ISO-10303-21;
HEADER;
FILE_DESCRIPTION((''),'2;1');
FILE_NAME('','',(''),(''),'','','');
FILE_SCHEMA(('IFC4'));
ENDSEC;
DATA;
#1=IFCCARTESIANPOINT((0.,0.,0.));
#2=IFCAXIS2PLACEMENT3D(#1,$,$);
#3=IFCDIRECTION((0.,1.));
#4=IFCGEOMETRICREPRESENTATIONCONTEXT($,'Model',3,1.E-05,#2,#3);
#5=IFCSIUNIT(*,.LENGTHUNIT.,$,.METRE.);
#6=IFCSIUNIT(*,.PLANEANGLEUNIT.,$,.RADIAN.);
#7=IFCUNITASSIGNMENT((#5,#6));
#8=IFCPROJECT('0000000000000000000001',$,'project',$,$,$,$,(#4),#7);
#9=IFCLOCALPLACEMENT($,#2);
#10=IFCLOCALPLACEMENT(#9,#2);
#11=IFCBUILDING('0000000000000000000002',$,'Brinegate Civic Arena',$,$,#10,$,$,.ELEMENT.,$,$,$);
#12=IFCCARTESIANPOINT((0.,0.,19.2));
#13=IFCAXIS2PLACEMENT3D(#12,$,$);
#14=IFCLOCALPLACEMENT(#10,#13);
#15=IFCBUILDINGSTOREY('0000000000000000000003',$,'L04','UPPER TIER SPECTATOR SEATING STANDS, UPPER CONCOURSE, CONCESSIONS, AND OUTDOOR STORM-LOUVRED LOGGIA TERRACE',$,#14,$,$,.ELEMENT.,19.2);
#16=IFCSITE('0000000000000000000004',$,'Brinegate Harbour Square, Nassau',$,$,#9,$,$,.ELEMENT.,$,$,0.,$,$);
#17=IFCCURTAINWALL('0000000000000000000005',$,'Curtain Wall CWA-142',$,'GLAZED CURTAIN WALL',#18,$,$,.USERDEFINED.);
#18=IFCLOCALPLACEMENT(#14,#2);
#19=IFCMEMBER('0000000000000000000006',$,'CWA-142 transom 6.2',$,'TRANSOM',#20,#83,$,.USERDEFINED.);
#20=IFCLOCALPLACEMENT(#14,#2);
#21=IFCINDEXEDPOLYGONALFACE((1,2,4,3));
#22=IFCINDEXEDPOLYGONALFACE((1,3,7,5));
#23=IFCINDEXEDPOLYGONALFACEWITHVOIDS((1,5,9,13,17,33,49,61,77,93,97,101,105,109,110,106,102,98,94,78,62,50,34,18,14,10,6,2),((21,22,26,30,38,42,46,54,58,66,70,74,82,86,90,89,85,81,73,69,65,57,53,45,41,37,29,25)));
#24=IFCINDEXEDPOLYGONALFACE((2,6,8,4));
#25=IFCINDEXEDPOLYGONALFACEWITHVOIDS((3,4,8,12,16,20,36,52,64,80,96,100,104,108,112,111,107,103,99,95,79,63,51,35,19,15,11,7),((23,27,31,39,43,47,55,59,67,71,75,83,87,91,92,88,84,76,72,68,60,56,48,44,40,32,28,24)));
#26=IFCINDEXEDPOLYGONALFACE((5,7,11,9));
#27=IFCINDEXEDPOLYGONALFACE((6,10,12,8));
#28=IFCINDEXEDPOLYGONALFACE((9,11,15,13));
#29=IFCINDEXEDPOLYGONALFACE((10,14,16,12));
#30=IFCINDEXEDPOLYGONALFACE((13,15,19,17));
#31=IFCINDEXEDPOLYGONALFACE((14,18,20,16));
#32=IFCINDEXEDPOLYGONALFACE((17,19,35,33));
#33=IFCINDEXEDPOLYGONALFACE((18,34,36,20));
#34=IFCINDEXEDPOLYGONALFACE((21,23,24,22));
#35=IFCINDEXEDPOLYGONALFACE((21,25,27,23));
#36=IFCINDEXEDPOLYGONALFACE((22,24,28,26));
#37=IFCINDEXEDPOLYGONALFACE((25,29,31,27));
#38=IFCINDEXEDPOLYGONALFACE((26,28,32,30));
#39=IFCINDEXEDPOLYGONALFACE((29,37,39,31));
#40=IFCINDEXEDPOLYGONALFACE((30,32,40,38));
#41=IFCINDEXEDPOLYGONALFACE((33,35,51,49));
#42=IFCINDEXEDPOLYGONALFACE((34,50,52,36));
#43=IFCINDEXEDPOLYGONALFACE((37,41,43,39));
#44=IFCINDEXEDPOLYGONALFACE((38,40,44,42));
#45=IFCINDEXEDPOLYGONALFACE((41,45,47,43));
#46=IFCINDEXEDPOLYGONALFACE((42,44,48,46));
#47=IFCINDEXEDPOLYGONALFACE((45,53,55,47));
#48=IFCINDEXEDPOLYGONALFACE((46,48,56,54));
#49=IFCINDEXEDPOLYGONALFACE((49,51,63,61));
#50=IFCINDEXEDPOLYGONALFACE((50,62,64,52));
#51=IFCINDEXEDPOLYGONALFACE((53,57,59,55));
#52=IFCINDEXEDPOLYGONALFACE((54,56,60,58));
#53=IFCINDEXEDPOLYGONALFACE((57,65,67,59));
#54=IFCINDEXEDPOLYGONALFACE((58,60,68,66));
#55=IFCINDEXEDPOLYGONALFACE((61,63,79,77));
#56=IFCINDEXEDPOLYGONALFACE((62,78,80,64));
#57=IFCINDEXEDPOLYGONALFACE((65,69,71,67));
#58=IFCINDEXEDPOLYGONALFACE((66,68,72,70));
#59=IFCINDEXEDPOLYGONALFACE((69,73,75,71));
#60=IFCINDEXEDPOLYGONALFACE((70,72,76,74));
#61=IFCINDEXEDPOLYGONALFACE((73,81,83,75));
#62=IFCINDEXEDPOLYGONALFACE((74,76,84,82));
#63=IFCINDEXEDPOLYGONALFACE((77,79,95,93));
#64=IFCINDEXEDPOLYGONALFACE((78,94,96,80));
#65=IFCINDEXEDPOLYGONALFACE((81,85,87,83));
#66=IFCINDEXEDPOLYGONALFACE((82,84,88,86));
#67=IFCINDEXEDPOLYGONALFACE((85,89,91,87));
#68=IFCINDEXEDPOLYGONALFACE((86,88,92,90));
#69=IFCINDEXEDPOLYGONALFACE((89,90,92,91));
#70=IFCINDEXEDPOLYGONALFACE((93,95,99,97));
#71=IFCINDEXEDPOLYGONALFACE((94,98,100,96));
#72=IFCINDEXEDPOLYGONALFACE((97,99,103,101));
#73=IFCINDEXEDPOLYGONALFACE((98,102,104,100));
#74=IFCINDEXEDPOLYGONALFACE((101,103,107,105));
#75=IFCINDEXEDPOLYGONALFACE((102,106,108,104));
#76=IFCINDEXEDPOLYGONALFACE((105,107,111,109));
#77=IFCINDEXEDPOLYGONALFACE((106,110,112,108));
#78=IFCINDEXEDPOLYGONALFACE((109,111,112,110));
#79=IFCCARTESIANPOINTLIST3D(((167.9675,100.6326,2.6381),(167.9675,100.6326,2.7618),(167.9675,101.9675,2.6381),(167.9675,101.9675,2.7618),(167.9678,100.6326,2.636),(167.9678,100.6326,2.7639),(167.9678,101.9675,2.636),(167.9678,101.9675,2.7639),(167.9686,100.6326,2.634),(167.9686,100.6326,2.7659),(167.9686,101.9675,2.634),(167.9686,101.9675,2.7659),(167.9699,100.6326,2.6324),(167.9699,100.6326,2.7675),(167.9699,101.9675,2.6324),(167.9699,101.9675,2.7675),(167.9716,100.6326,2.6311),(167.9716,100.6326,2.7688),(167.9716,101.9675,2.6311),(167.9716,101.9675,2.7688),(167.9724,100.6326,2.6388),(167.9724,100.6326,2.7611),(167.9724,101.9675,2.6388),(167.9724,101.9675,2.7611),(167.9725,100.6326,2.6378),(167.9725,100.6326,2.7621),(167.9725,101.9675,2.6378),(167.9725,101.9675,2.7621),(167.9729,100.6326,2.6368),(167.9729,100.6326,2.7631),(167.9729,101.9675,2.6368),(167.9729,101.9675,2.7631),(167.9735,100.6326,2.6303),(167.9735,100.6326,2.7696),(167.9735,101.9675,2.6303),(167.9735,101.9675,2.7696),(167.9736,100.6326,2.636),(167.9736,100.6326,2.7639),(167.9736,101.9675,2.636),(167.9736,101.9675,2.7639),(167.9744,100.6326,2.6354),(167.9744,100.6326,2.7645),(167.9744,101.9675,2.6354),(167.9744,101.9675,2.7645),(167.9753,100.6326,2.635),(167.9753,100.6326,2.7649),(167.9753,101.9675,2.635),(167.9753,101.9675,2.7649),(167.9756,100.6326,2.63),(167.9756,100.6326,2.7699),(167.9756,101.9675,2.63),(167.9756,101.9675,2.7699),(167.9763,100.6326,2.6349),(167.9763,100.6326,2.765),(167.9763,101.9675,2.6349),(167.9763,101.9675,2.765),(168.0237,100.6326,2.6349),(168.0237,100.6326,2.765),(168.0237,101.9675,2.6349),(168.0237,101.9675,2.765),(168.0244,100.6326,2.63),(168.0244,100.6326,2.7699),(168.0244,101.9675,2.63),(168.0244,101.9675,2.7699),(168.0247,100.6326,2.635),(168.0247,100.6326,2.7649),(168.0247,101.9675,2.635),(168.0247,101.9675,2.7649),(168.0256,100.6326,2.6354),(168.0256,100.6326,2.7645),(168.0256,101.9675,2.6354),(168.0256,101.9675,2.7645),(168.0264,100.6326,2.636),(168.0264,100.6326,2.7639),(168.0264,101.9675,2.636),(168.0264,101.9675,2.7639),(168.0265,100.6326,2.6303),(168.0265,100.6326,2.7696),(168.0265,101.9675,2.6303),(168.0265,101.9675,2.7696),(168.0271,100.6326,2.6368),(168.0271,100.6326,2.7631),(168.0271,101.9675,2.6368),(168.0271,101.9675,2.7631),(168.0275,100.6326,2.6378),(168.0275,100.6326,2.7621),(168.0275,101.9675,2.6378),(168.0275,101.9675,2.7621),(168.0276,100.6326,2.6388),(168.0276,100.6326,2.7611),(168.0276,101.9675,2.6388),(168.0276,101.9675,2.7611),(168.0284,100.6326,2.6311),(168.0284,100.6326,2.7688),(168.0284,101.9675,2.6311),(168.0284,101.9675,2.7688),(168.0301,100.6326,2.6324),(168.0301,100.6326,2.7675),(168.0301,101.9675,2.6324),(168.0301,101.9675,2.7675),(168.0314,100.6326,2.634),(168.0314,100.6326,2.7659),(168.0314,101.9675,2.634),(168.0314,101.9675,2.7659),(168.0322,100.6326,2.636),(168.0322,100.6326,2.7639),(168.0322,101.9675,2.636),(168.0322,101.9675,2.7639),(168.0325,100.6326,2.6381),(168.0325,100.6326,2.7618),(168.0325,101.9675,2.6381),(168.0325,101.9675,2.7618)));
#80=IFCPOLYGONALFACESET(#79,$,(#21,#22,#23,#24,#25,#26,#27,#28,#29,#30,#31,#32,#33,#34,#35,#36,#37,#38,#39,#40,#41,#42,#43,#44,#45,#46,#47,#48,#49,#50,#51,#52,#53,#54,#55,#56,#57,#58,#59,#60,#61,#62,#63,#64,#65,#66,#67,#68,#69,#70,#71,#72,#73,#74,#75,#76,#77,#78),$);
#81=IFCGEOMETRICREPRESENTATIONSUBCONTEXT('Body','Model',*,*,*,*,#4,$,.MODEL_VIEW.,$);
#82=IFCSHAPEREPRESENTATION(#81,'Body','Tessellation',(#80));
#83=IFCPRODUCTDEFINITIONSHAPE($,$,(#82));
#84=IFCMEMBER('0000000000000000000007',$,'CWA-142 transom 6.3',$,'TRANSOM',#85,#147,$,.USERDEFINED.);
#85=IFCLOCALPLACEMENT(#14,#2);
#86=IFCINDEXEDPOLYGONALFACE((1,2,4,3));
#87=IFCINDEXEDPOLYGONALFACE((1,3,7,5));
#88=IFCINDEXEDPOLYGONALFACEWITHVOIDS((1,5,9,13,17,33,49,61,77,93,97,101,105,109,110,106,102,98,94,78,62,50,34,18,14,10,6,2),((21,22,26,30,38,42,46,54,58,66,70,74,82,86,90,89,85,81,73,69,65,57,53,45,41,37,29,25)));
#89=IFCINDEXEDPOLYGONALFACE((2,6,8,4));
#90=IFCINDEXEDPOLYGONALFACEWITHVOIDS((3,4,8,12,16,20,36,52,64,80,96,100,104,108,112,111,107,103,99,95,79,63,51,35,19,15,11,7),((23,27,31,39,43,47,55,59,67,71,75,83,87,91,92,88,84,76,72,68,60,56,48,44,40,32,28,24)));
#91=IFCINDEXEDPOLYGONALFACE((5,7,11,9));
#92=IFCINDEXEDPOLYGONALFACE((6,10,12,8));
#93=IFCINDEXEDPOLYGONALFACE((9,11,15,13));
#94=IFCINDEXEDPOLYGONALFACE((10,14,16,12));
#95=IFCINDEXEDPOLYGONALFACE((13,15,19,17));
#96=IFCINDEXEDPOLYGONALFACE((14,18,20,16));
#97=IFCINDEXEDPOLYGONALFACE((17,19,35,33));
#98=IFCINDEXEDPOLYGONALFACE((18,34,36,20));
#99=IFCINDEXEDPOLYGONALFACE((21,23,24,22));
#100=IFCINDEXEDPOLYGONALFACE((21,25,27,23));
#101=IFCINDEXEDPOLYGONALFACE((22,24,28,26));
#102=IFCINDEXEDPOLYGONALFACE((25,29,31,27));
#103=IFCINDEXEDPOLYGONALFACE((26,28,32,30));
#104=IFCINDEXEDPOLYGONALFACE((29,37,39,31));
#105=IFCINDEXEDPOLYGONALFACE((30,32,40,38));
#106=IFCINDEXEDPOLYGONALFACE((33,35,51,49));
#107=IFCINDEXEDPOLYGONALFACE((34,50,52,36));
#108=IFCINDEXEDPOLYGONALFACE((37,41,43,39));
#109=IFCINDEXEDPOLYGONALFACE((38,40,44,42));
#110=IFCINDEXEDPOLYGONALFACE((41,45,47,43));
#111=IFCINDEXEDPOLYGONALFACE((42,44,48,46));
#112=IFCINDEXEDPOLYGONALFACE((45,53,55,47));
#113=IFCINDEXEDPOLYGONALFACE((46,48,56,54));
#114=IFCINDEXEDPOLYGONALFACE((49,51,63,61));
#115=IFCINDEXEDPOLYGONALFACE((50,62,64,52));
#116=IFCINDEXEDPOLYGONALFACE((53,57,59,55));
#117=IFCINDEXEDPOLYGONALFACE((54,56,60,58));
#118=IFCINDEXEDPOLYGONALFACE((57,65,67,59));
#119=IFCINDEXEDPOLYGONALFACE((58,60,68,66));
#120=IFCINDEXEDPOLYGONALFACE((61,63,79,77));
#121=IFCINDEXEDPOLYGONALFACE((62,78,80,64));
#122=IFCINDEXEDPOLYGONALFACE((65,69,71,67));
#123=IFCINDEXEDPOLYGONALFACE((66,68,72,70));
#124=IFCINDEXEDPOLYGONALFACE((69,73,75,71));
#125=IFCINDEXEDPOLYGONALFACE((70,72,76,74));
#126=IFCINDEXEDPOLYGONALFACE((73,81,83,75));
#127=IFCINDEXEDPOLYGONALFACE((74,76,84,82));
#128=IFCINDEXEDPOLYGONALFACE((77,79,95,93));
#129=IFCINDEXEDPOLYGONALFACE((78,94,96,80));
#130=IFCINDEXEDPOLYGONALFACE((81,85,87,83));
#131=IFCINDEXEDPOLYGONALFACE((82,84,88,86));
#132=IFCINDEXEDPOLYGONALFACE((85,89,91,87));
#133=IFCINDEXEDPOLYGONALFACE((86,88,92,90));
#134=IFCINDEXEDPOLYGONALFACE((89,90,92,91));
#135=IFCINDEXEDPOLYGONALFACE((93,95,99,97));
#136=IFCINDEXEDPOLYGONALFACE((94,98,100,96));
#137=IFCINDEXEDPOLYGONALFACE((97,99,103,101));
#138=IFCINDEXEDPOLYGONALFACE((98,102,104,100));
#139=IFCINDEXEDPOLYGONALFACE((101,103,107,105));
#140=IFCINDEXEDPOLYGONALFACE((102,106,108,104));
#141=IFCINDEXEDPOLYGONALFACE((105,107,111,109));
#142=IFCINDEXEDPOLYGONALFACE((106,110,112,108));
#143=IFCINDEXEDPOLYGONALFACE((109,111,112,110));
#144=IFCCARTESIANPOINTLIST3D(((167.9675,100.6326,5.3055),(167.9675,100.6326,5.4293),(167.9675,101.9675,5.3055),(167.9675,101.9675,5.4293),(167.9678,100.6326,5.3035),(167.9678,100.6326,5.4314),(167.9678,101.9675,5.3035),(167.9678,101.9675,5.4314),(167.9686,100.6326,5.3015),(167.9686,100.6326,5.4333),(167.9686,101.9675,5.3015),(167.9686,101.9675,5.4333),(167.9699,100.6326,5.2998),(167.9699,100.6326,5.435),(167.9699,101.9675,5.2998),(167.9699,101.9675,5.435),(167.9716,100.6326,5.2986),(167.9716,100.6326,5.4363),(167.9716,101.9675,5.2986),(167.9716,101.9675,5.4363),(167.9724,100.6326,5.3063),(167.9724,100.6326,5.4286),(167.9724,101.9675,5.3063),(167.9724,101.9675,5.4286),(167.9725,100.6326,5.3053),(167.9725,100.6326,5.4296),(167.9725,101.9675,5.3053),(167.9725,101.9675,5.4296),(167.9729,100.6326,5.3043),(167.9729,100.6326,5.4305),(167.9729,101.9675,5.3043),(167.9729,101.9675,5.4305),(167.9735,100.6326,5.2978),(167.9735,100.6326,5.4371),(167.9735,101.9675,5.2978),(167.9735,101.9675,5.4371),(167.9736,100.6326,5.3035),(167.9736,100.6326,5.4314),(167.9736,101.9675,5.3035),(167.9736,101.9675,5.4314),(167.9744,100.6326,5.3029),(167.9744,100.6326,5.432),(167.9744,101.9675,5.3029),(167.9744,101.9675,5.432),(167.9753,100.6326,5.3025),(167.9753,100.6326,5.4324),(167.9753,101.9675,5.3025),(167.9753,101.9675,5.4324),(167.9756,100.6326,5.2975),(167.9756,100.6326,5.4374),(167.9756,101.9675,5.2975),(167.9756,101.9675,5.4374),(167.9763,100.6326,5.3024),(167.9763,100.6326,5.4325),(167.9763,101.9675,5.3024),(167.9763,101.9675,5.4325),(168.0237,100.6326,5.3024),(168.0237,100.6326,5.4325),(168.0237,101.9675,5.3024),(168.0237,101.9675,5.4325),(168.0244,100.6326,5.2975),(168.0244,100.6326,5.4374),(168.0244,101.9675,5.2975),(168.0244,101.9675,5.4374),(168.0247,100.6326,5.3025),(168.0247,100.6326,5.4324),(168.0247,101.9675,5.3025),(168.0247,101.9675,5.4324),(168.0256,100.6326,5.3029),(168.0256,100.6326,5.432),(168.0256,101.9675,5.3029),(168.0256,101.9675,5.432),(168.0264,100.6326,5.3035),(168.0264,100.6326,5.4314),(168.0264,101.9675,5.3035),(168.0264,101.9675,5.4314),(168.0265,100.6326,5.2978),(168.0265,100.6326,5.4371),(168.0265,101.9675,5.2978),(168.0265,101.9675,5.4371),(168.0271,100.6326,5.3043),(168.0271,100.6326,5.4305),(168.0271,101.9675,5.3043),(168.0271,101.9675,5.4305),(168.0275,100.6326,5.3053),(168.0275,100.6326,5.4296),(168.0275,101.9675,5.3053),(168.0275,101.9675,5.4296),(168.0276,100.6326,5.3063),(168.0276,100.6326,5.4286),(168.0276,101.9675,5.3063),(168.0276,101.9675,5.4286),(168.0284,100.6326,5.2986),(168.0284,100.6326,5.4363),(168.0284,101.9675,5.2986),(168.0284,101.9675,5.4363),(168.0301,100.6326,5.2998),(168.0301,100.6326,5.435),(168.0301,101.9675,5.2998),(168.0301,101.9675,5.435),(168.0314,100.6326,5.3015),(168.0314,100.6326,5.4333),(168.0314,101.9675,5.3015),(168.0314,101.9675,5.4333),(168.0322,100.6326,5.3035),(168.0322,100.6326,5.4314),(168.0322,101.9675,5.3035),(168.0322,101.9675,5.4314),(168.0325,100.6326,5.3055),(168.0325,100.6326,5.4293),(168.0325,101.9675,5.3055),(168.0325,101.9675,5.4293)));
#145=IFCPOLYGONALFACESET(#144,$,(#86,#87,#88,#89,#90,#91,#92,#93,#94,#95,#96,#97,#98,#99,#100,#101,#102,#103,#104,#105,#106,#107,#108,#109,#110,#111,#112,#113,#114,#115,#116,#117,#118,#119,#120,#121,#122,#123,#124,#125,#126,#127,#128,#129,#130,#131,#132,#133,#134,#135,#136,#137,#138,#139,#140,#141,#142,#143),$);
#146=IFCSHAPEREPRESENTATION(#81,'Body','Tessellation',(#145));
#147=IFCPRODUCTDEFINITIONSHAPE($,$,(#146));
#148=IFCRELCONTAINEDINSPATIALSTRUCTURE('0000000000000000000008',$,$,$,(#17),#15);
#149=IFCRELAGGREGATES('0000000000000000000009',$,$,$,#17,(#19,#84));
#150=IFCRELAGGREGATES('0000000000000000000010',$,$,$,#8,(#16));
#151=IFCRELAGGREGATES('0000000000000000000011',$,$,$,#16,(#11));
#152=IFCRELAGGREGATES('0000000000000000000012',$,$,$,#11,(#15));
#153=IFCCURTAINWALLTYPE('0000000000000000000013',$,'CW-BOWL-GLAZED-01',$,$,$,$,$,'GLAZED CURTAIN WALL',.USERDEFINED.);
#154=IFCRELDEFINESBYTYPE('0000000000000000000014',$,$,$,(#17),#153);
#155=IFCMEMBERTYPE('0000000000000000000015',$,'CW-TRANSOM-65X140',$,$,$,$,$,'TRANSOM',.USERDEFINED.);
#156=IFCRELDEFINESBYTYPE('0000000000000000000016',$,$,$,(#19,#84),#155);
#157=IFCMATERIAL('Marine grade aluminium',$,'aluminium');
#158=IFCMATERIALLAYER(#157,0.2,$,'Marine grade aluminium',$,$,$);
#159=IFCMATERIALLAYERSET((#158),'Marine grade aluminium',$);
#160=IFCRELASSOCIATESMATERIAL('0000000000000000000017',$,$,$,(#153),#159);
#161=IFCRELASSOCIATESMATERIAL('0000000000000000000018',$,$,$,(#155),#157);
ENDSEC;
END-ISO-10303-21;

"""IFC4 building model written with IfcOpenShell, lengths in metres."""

from ifc_helpers import new_model, si_unit, direction, frame, origin, origin_2d, place, context, subcontext, project, spatial, hollow_rectangle, extrude, material, layer, layer_set, material_profile, profile_set, type_object, element, aggregate, save


model = new_model("IFC4")

# Units and contexts
model_context = context("Model", 3, precision=1e-05, world=origin(), true_north=direction((0.0, 1.0)))
body_context = subcontext(model_context, "Body", "Model", "MODEL_VIEW")
ifc_project = project(units=[si_unit("LENGTHUNIT", "METRE"), si_unit("PLANEANGLEUNIT", "RADIAN")], contexts=[model_context])

# Site, building, storey
site_placement = place(None, origin())
site = spatial("IfcSite", under=ifc_project, at=site_placement, Name="Brinegate Harbour Square, Nassau", CompositionType="ELEMENT", RefElevation=0.0)
building_placement = place(site_placement, origin())
building = spatial("IfcBuilding", under=site, at=building_placement, Name="Brinegate Civic Arena", CompositionType="ELEMENT")
storey_placement = place(building_placement, frame((0.0, 0.0, 19.2)))
storey = spatial("IfcBuildingStorey", under=building, at=storey_placement, Name="L04", Description="UPPER TIER SPECTATOR SEATING STANDS, UPPER CONCOURSE, CONCESSIONS, AND OUTDOOR STORM-LOUVRED LOGGIA TERRACE", CompositionType="ELEMENT", Elevation=19.2)

# Curtain wall, members
ifc_material_1 = material(Name="Marine grade aluminium", Category="aluminium")
ifc_layer_1 = layer(ifc_material_1, 0.2, Name="Marine grade aluminium")
ifc_layer_set_1 = layer_set([ifc_layer_1], Name="Marine grade aluminium")
curtain_wall_type = type_object("IfcCurtainWallType", Name="CW-BOWL-GLAZED-01", ElementType="GLAZED CURTAIN WALL", PredefinedType="USERDEFINED", material=ifc_layer_set_1)
curtain_wall_placement = place(storey_placement, origin())
curtain_wall = element("IfcCurtainWall", 1, at=curtain_wall_placement, inside=storey, type_object=curtain_wall_type, Name="Curtain Wall CWA-142", ObjectType="GLAZED CURTAIN WALL", PredefinedType="USERDEFINED")
ifc_material_profile_1 = material_profile(ifc_material_1, hollow_rectangle(XDim=0.0649, YDim=0.1399, WallThickness=0.0049, InnerFilletRadius=0.0039, OuterFilletRadius=0.0081, at=origin_2d()), Name="TRN65X140")
ifc_profile_set_1 = profile_set([ifc_material_profile_1], Name="Marine grade aluminium")
member_type_1 = type_object("IfcMemberType", Name="CW-TRANSOM-65X140", ElementType="TRANSOM", PredefinedType="USERDEFINED", material=ifc_profile_set_1)
member_1_placement = place(storey_placement, frame((168.0, 100.6326, 2.7), z_axis=(0.0, 1.0, 0.0), x_axis=(-1.0, 0.0, 0.0)))
member_1 = element("IfcMember", 2, at=member_1_placement, type_object=member_type_1, Name="CWA-142 transom 6.2", ObjectType="TRANSOM", PredefinedType="USERDEFINED", context=body_context, shape_type="SweptSolid", body=[
    extrude(hollow_rectangle(XDim=0.0649, YDim=0.1399, WallThickness=0.0049, InnerFilletRadius=0.0039, OuterFilletRadius=0.0081, at=origin_2d()), origin(), (0.0, 0.0, 1.0), 1.335),
])
member_2_placement = place(storey_placement, frame((168.0, 100.6326, 5.3674), z_axis=(0.0, 1.0, 0.0), x_axis=(-1.0, 0.0, 0.0)))
member_2 = element("IfcMember", 3, at=member_2_placement, type_object=member_type_1, Name="CWA-142 transom 6.3", ObjectType="TRANSOM", PredefinedType="USERDEFINED", context=body_context, shape_type="SweptSolid", body=[
    extrude(hollow_rectangle(XDim=0.0649, YDim=0.1399, WallThickness=0.0049, InnerFilletRadius=0.0039, OuterFilletRadius=0.0081, at=origin_2d()), origin(), (0.0, 0.0, 1.0), 1.335),
])
aggregate(curtain_wall, [member_1, member_2])

save(model, "model.ifc")
